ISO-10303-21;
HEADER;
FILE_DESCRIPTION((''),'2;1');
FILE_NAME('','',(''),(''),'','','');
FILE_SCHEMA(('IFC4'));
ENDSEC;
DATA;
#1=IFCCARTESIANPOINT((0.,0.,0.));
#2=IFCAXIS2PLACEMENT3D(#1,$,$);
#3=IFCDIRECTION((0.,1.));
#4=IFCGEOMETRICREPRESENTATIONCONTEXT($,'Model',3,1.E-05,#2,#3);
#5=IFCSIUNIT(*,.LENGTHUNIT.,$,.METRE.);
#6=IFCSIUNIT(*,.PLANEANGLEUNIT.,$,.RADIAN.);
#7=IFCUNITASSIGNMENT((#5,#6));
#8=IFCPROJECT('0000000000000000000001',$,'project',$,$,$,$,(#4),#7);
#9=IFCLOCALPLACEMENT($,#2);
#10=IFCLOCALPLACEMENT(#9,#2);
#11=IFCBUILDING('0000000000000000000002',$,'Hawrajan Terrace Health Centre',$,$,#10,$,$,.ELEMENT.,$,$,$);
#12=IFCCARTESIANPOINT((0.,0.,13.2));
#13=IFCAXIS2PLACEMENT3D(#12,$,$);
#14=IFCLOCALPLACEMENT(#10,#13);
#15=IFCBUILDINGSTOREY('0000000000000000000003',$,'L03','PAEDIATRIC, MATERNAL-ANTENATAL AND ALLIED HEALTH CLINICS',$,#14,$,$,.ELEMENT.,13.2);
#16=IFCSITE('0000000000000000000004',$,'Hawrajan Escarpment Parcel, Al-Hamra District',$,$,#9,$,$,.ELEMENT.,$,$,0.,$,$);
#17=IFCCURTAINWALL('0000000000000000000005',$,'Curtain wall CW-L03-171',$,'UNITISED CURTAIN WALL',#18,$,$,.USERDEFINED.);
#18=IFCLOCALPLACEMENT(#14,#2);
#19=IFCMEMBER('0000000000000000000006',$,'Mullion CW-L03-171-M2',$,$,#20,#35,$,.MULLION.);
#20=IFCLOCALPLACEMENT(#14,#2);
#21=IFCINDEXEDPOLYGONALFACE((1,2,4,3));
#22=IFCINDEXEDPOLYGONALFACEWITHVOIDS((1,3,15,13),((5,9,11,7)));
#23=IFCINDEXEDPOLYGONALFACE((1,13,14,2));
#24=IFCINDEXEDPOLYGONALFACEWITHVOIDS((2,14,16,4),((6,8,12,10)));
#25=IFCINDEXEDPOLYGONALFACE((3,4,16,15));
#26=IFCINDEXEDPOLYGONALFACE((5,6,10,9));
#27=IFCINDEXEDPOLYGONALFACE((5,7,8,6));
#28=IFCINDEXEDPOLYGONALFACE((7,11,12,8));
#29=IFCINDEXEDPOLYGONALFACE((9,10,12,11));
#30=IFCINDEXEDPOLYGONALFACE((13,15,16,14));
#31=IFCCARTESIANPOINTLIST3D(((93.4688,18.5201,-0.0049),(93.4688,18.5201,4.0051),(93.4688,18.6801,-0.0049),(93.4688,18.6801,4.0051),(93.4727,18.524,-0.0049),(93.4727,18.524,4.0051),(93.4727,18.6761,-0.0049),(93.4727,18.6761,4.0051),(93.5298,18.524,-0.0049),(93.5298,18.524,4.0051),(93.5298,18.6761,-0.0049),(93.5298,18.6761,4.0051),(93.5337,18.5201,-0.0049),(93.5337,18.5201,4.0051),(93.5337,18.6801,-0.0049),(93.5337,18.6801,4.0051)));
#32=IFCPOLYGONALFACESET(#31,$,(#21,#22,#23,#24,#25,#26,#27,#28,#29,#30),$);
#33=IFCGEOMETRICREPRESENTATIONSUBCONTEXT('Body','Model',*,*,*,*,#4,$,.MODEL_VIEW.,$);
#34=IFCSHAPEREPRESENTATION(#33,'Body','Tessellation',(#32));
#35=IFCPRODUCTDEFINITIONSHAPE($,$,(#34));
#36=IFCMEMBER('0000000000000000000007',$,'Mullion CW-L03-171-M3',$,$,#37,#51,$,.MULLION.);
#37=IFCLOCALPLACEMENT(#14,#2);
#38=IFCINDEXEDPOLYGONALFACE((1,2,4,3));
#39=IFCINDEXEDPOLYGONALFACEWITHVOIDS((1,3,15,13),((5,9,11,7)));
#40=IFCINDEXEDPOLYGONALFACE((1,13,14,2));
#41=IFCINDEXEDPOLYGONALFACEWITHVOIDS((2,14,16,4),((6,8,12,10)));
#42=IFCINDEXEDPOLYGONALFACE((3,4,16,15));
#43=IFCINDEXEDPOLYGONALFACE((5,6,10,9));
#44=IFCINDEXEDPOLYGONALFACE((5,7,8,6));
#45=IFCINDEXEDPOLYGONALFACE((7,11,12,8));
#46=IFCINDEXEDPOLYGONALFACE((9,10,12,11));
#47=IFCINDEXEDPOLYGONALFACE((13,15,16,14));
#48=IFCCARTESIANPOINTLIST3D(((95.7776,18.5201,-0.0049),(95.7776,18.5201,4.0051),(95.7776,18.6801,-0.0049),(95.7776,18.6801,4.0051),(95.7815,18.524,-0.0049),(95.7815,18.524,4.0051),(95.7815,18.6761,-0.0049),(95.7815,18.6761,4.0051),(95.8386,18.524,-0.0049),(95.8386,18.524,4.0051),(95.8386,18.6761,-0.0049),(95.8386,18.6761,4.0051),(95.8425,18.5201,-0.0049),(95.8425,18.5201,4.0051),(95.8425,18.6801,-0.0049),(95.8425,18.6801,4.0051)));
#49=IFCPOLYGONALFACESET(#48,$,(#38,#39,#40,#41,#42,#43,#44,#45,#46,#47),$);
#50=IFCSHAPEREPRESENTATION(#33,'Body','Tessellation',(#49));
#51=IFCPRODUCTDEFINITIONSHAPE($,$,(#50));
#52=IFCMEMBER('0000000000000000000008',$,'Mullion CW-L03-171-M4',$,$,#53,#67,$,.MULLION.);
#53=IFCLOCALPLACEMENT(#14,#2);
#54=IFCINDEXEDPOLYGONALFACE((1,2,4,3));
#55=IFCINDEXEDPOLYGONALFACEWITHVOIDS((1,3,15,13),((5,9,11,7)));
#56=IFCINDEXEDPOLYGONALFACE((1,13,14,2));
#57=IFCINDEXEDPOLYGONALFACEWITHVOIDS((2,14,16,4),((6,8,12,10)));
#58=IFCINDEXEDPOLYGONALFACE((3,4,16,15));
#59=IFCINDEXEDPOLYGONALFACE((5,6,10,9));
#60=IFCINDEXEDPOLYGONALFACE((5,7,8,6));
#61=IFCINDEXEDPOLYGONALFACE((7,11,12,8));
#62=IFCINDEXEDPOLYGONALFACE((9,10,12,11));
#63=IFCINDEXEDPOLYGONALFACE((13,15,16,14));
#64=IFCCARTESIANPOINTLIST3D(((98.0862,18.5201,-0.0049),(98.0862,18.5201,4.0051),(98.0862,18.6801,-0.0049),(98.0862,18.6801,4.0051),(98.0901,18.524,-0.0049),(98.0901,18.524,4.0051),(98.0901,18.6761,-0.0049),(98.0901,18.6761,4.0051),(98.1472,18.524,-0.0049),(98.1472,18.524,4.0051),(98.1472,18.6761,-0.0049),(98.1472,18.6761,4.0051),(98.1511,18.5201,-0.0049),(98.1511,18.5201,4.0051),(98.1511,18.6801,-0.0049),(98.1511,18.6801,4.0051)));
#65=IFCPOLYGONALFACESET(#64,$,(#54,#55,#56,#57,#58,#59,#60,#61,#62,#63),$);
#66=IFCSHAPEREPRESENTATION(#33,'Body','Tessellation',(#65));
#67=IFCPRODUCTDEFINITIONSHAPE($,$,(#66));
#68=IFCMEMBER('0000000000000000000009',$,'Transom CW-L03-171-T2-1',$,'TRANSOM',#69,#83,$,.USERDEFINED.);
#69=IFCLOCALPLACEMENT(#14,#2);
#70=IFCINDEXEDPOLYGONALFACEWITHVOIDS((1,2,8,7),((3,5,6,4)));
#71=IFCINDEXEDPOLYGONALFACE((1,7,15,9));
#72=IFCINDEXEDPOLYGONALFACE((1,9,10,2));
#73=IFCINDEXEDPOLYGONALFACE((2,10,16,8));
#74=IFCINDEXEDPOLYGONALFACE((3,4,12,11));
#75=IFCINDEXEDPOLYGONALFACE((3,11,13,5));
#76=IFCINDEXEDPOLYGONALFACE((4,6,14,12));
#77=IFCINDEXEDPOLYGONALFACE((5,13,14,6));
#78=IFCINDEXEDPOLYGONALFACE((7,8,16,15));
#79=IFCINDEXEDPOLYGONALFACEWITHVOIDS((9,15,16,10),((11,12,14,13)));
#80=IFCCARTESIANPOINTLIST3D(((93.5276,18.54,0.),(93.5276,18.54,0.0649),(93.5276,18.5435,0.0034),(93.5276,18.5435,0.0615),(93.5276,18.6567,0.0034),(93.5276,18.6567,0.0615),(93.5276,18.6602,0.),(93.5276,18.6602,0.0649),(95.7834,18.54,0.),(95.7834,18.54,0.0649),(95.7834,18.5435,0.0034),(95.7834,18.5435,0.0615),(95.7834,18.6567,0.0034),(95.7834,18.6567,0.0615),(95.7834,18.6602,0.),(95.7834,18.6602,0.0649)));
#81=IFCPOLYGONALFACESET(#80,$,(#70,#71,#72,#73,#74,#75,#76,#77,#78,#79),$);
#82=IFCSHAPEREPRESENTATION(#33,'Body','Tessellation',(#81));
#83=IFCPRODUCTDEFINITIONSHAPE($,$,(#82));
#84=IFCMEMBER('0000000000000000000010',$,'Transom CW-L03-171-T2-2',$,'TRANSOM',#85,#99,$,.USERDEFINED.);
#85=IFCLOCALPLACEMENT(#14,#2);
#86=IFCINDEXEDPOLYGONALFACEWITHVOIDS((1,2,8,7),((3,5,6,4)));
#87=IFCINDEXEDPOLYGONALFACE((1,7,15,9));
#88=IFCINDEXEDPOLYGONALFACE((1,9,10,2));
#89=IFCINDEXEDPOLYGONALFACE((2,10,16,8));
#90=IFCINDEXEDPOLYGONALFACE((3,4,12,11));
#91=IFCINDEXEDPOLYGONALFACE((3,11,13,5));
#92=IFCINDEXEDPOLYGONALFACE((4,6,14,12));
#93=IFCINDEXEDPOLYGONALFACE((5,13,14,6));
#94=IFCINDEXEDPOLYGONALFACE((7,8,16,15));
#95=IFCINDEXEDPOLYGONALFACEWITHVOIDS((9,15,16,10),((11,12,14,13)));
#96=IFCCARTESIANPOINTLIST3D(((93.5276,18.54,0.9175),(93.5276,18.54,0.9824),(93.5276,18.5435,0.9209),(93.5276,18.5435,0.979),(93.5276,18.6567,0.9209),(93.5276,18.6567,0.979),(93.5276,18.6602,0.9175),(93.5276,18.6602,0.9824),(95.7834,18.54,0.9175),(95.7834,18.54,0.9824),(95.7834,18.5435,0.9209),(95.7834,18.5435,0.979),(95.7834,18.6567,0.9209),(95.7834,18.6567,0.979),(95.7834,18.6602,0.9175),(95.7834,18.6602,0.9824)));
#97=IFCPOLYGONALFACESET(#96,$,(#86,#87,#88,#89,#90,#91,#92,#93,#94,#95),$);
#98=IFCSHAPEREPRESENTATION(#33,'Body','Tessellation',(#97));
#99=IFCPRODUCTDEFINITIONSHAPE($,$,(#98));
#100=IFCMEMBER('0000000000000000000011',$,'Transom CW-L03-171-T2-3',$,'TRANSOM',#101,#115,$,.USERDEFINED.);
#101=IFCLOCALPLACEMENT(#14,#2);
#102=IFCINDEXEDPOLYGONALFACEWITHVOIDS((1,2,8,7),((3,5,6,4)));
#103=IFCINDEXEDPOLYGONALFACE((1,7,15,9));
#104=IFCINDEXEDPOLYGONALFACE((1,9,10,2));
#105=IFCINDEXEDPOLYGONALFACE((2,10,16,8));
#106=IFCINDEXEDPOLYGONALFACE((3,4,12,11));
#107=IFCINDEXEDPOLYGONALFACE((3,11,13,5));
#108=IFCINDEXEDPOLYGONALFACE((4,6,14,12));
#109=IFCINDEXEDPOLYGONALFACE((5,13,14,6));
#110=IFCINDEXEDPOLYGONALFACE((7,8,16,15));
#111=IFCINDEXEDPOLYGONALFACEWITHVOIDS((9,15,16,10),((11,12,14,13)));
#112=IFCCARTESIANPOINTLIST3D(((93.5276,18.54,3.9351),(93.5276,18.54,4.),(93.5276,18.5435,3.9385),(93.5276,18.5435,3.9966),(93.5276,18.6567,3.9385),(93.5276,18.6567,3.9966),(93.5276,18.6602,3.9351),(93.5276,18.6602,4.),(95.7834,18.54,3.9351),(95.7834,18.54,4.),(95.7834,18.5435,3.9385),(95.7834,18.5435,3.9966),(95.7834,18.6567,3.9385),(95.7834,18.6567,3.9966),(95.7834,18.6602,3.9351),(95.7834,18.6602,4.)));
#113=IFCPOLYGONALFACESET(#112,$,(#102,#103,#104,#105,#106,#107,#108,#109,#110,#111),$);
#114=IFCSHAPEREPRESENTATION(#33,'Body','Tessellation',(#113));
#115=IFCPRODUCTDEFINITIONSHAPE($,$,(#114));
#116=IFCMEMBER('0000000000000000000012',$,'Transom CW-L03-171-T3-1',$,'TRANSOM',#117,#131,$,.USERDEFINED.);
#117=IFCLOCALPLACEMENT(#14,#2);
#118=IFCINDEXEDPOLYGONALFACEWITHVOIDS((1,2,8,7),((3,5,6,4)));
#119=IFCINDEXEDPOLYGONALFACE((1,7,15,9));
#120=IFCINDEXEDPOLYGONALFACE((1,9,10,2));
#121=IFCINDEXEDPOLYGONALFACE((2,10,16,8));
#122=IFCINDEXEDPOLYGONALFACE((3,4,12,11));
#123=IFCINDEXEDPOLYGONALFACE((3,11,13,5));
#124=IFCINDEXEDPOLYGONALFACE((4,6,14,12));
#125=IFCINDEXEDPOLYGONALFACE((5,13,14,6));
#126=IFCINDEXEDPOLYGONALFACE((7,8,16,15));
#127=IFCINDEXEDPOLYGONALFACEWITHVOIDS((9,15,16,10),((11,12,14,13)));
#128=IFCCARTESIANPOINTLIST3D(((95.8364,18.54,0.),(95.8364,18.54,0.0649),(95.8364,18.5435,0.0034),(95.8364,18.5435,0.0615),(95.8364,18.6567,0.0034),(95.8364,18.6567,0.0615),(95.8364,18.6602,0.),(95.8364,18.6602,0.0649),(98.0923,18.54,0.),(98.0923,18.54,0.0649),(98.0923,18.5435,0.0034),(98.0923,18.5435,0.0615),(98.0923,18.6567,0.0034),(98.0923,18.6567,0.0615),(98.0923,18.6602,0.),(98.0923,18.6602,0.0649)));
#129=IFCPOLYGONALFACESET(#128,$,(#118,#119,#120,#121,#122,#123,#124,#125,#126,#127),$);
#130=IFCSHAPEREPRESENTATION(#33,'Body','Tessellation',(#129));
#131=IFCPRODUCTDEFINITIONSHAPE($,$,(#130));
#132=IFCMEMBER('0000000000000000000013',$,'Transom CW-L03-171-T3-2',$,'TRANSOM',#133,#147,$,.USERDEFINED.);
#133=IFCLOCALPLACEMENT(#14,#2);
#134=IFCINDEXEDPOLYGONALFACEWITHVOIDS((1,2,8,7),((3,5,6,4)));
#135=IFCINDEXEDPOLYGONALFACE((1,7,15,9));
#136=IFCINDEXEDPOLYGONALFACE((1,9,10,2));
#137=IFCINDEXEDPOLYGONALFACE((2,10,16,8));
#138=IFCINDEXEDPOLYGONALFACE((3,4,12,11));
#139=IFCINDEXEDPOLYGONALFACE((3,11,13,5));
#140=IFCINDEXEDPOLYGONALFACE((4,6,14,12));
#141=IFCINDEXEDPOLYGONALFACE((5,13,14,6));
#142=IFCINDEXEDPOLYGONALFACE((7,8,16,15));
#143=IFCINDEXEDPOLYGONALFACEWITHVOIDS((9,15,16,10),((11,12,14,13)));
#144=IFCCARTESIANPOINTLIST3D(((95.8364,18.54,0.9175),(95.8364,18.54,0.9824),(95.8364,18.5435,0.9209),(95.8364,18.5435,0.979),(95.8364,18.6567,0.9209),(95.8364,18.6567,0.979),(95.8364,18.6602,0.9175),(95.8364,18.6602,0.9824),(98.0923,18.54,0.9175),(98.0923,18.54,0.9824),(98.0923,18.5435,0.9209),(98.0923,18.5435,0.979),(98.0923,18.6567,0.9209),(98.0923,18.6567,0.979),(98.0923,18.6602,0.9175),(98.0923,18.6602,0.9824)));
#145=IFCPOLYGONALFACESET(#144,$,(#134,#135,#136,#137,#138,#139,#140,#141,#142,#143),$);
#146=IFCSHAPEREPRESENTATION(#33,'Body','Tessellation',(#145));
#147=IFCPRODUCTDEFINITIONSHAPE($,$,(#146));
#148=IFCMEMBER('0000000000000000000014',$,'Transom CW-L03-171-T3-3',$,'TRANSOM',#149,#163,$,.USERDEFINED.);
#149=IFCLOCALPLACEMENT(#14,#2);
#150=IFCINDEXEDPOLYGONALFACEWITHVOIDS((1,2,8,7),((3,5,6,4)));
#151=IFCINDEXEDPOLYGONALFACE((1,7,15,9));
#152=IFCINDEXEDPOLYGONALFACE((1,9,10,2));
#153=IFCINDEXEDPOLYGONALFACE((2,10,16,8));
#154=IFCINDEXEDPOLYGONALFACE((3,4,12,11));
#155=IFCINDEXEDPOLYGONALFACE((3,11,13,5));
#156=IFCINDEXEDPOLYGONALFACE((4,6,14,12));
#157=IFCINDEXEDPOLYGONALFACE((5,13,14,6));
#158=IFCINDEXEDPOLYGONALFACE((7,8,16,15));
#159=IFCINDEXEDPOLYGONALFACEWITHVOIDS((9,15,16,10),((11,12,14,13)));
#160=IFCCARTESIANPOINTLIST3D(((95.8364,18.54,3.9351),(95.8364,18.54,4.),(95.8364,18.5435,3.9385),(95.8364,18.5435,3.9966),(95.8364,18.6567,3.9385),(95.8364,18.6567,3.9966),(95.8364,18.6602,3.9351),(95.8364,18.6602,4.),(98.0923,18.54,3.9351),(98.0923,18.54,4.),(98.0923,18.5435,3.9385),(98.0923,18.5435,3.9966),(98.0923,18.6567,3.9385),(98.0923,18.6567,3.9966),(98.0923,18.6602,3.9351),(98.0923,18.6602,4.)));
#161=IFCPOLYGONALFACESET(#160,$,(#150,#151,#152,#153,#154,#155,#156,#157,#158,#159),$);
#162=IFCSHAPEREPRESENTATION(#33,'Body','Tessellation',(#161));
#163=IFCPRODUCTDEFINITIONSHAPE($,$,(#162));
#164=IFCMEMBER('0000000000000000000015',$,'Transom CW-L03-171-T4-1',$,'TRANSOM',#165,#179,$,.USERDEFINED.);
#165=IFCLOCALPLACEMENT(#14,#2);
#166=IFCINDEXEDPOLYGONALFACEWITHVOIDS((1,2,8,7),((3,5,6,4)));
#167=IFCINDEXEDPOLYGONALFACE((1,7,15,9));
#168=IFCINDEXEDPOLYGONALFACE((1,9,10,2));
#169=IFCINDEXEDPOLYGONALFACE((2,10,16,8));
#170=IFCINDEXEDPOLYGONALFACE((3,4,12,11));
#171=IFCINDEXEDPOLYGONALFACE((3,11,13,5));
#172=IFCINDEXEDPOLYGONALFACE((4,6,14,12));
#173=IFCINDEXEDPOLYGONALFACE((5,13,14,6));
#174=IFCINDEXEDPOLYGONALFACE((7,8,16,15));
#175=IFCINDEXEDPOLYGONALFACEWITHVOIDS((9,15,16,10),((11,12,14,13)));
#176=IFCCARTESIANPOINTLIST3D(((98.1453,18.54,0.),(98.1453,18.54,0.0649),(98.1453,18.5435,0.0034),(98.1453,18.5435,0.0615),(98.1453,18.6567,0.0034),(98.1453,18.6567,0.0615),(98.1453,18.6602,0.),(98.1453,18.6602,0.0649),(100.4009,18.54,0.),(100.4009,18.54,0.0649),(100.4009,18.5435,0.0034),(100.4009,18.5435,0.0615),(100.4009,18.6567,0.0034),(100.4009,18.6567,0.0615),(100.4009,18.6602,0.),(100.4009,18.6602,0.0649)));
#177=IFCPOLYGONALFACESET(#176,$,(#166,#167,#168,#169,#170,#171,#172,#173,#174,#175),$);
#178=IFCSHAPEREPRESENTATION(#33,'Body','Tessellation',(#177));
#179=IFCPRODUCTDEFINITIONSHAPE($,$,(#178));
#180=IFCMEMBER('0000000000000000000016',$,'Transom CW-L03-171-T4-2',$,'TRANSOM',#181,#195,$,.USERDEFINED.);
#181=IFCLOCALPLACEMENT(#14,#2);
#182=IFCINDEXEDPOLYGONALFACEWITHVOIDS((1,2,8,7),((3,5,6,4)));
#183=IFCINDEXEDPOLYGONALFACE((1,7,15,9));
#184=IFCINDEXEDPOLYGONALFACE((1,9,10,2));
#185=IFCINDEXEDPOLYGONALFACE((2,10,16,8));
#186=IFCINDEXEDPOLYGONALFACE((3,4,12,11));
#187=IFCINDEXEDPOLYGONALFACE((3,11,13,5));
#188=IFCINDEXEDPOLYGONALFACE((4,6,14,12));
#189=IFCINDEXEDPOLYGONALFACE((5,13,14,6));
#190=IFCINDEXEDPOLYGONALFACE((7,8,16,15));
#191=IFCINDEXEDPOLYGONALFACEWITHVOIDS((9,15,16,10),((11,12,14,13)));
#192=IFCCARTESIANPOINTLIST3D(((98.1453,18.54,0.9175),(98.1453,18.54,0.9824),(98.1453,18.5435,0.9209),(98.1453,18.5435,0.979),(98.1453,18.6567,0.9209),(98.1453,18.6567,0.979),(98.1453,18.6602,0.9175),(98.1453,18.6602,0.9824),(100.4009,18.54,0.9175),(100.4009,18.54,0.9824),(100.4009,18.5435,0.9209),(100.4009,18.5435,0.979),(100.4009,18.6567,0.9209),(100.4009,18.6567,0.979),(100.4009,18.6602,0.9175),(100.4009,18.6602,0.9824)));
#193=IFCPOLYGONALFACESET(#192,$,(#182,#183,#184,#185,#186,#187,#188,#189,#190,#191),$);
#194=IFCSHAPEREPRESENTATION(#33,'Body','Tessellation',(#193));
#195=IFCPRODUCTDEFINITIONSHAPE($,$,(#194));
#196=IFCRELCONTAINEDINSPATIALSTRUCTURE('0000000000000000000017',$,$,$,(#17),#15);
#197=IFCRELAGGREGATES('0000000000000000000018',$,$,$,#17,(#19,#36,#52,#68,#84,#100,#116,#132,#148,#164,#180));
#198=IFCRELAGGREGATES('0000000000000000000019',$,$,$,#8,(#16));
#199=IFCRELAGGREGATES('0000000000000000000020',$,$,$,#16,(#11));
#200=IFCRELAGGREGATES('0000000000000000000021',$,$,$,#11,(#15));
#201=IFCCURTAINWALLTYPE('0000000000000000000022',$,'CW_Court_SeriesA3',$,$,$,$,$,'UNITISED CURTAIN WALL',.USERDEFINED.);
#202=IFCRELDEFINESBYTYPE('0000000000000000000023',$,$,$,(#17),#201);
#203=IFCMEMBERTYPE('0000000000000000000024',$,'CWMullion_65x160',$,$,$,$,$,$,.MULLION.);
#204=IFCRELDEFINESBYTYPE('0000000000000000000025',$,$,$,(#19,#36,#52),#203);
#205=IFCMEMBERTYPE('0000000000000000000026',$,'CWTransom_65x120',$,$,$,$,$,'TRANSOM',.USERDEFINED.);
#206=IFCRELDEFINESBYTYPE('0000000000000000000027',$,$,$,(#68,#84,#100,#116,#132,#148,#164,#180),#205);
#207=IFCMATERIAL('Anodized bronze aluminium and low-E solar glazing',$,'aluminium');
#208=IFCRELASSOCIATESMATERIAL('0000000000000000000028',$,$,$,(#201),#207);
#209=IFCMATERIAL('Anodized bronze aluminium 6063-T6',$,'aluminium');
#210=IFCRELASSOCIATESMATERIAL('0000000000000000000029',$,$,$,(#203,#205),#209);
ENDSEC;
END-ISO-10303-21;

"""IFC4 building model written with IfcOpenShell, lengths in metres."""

from ifc_helpers import new_model, si_unit, direction, frame, origin, origin_2d, place, context, subcontext, project, spatial, hollow_rectangle, extrude, material, material_profile, profile_set, type_object, element, aggregate, save


model = new_model("IFC4")

# Units and contexts
model_context = context("Model", 3, precision=1e-05, world=origin(), true_north=direction((0.0, 1.0)))
body_context = subcontext(model_context, "Body", "Model", "MODEL_VIEW")
ifc_project = project(units=[si_unit("LENGTHUNIT", "METRE"), si_unit("PLANEANGLEUNIT", "RADIAN")], contexts=[model_context])

# Site, building, storey
site_placement = place(None, origin())
site = spatial("IfcSite", under=ifc_project, at=site_placement, Name="Hawrajan Escarpment Parcel, Al-Hamra District", CompositionType="ELEMENT", RefElevation=0.0)
building_placement = place(site_placement, origin())
building = spatial("IfcBuilding", under=site, at=building_placement, Name="Hawrajan Terrace Health Centre", CompositionType="ELEMENT")
storey_placement = place(building_placement, frame((0.0, 0.0, 13.2)))
storey = spatial("IfcBuildingStorey", under=building, at=storey_placement, Name="L03", Description="PAEDIATRIC, MATERNAL-ANTENATAL AND ALLIED HEALTH CLINICS", CompositionType="ELEMENT", Elevation=13.2)

# Curtain wall, members
ifc_material_1 = material(Name="Anodized bronze aluminium and low-E solar glazing", Category="aluminium")
curtain_wall_type = type_object("IfcCurtainWallType", Name="CW_Court_SeriesA3", ElementType="UNITISED CURTAIN WALL", PredefinedType="USERDEFINED", material=ifc_material_1)
curtain_wall_placement = place(storey_placement, origin())
curtain_wall = element("IfcCurtainWall", 1, at=curtain_wall_placement, inside=storey, type_object=curtain_wall_type, Name="Curtain wall CW-L03-171", ObjectType="UNITISED CURTAIN WALL", PredefinedType="USERDEFINED")
ifc_material_2 = material(Name="Anodized bronze aluminium 6063-T6", Category="aluminium")
ifc_material_profile_1 = material_profile(ifc_material_2, hollow_rectangle(XDim=0.0649, YDim=0.1599, WallThickness=0.0039, at=origin_2d()), Name="CW MUL 65x160")
ifc_profile_set_1 = profile_set([ifc_material_profile_1], Name="Anodized bronze aluminium 6063-T6")
member_type_1 = type_object("IfcMemberType", Name="CWMullion_65x160", PredefinedType="MULLION", material=ifc_profile_set_1)
member_1_placement = place(storey_placement, frame((93.5012, 18.6001, -0.0049), z_axis=(0.0, 0.0, 1.0), x_axis=(1.0, 0.0, 0.0)))
member_1 = element("IfcMember", 2, at=member_1_placement, type_object=member_type_1, Name="Mullion CW-L03-171-M2", PredefinedType="MULLION", context=body_context, shape_type="SweptSolid", body=[
    extrude(hollow_rectangle(XDim=0.0649, YDim=0.1599, WallThickness=0.0039, at=origin_2d()), origin(), (0.0, 0.0, 1.0), 4.01),
])
member_2_placement = place(storey_placement, frame((95.8101, 18.6001, -0.0049), z_axis=(0.0, 0.0, 1.0), x_axis=(1.0, 0.0, 0.0)))
member_2 = element("IfcMember", 3, at=member_2_placement, type_object=member_type_1, Name="Mullion CW-L03-171-M3", PredefinedType="MULLION", context=body_context, shape_type="SweptSolid", body=[
    extrude(hollow_rectangle(XDim=0.0649, YDim=0.1599, WallThickness=0.0039, at=origin_2d()), origin(), (0.0, 0.0, 1.0), 4.01),
])
member_3_placement = place(storey_placement, frame((98.1187, 18.6001, -0.0049), z_axis=(0.0, 0.0, 1.0), x_axis=(1.0, 0.0, 0.0)))
member_3 = element("IfcMember", 4, at=member_3_placement, type_object=member_type_1, Name="Mullion CW-L03-171-M4", PredefinedType="MULLION", context=body_context, shape_type="SweptSolid", body=[
    extrude(hollow_rectangle(XDim=0.0649, YDim=0.1599, WallThickness=0.0039, at=origin_2d()), origin(), (0.0, 0.0, 1.0), 4.01),
])
ifc_material_profile_2 = material_profile(ifc_material_2, hollow_rectangle(XDim=0.0649, YDim=0.1201, WallThickness=0.0034, at=origin_2d()), Name="CW TRN 65x120")
ifc_profile_set_2 = profile_set([ifc_material_profile_2], Name="Anodized bronze aluminium 6063-T6")
member_type_2 = type_object("IfcMemberType", Name="CWTransom_65x120", ElementType="TRANSOM", PredefinedType="USERDEFINED", material=ifc_profile_set_2)
member_4_placement = place(storey_placement, frame((93.5276, 18.6001, 0.0325), z_axis=(1.0, 0.0, 0.0), x_axis=(0.0, 0.0, 1.0)))
member_4 = element("IfcMember", 5, at=member_4_placement, type_object=member_type_2, Name="Transom CW-L03-171-T2-1", ObjectType="TRANSOM", PredefinedType="USERDEFINED", context=body_context, shape_type="SweptSolid", body=[
    extrude(hollow_rectangle(XDim=0.0649, YDim=0.1201, WallThickness=0.0034, at=origin_2d()), origin(), (0.0, 0.0, 1.0), 2.2559),
])
member_5_placement = place(storey_placement, frame((93.5276, 18.6001, 0.95), z_axis=(1.0, 0.0, 0.0), x_axis=(0.0, 0.0, 1.0)))
member_5 = element("IfcMember", 6, at=member_5_placement, type_object=member_type_2, Name="Transom CW-L03-171-T2-2", ObjectType="TRANSOM", PredefinedType="USERDEFINED", context=body_context, shape_type="SweptSolid", body=[
    extrude(hollow_rectangle(XDim=0.0649, YDim=0.1201, WallThickness=0.0034, at=origin_2d()), origin(), (0.0, 0.0, 1.0), 2.2559),
])
member_6_placement = place(storey_placement, frame((93.5276, 18.6001, 3.9675), z_axis=(1.0, 0.0, 0.0), x_axis=(0.0, 0.0, 1.0)))
member_6 = element("IfcMember", 7, at=member_6_placement, type_object=member_type_2, Name="Transom CW-L03-171-T2-3", ObjectType="TRANSOM", PredefinedType="USERDEFINED", context=body_context, shape_type="SweptSolid", body=[
    extrude(hollow_rectangle(XDim=0.0649, YDim=0.1201, WallThickness=0.0034, at=origin_2d()), origin(), (0.0, 0.0, 1.0), 2.2559),
])
member_7_placement = place(storey_placement, frame((95.8364, 18.6001, 0.0325), z_axis=(1.0, 0.0, 0.0), x_axis=(0.0, 0.0, 1.0)))
member_7 = element("IfcMember", 8, at=member_7_placement, type_object=member_type_2, Name="Transom CW-L03-171-T3-1", ObjectType="TRANSOM", PredefinedType="USERDEFINED", context=body_context, shape_type="SweptSolid", body=[
    extrude(hollow_rectangle(XDim=0.0649, YDim=0.1201, WallThickness=0.0034, at=origin_2d()), origin(), (0.0, 0.0, 1.0), 2.2559),
])
member_8_placement = place(storey_placement, frame((95.8364, 18.6001, 0.95), z_axis=(1.0, 0.0, 0.0), x_axis=(0.0, 0.0, 1.0)))
member_8 = element("IfcMember", 9, at=member_8_placement, type_object=member_type_2, Name="Transom CW-L03-171-T3-2", ObjectType="TRANSOM", PredefinedType="USERDEFINED", context=body_context, shape_type="SweptSolid", body=[
    extrude(hollow_rectangle(XDim=0.0649, YDim=0.1201, WallThickness=0.0034, at=origin_2d()), origin(), (0.0, 0.0, 1.0), 2.2559),
])
member_9_placement = place(storey_placement, frame((95.8364, 18.6001, 3.9675), z_axis=(1.0, 0.0, 0.0), x_axis=(0.0, 0.0, 1.0)))
member_9 = element("IfcMember", 10, at=member_9_placement, type_object=member_type_2, Name="Transom CW-L03-171-T3-3", ObjectType="TRANSOM", PredefinedType="USERDEFINED", context=body_context, shape_type="SweptSolid", body=[
    extrude(hollow_rectangle(XDim=0.0649, YDim=0.1201, WallThickness=0.0034, at=origin_2d()), origin(), (0.0, 0.0, 1.0), 2.2559),
])
member_10_placement = place(storey_placement, frame((98.1453, 18.6001, 0.0325), z_axis=(1.0, 0.0, 0.0), x_axis=(0.0, 0.0, 1.0)))
member_10 = element("IfcMember", 11, at=member_10_placement, type_object=member_type_2, Name="Transom CW-L03-171-T4-1", ObjectType="TRANSOM", PredefinedType="USERDEFINED", context=body_context, shape_type="SweptSolid", body=[
    extrude(hollow_rectangle(XDim=0.0649, YDim=0.1201, WallThickness=0.0034, at=origin_2d()), origin(), (0.0, 0.0, 1.0), 2.2556),
])
member_11_placement = place(storey_placement, frame((98.1453, 18.6001, 0.95), z_axis=(1.0, 0.0, 0.0), x_axis=(0.0, 0.0, 1.0)))
member_11 = element("IfcMember", 12, at=member_11_placement, type_object=member_type_2, Name="Transom CW-L03-171-T4-2", ObjectType="TRANSOM", PredefinedType="USERDEFINED", context=body_context, shape_type="SweptSolid", body=[
    extrude(hollow_rectangle(XDim=0.0649, YDim=0.1201, WallThickness=0.0034, at=origin_2d()), origin(), (0.0, 0.0, 1.0), 2.2556),
])
aggregate(curtain_wall, [member_1, member_2, member_3, member_4, member_5, member_6, member_7, member_8, member_9, member_10, member_11])

save(model, "model.ifc")
